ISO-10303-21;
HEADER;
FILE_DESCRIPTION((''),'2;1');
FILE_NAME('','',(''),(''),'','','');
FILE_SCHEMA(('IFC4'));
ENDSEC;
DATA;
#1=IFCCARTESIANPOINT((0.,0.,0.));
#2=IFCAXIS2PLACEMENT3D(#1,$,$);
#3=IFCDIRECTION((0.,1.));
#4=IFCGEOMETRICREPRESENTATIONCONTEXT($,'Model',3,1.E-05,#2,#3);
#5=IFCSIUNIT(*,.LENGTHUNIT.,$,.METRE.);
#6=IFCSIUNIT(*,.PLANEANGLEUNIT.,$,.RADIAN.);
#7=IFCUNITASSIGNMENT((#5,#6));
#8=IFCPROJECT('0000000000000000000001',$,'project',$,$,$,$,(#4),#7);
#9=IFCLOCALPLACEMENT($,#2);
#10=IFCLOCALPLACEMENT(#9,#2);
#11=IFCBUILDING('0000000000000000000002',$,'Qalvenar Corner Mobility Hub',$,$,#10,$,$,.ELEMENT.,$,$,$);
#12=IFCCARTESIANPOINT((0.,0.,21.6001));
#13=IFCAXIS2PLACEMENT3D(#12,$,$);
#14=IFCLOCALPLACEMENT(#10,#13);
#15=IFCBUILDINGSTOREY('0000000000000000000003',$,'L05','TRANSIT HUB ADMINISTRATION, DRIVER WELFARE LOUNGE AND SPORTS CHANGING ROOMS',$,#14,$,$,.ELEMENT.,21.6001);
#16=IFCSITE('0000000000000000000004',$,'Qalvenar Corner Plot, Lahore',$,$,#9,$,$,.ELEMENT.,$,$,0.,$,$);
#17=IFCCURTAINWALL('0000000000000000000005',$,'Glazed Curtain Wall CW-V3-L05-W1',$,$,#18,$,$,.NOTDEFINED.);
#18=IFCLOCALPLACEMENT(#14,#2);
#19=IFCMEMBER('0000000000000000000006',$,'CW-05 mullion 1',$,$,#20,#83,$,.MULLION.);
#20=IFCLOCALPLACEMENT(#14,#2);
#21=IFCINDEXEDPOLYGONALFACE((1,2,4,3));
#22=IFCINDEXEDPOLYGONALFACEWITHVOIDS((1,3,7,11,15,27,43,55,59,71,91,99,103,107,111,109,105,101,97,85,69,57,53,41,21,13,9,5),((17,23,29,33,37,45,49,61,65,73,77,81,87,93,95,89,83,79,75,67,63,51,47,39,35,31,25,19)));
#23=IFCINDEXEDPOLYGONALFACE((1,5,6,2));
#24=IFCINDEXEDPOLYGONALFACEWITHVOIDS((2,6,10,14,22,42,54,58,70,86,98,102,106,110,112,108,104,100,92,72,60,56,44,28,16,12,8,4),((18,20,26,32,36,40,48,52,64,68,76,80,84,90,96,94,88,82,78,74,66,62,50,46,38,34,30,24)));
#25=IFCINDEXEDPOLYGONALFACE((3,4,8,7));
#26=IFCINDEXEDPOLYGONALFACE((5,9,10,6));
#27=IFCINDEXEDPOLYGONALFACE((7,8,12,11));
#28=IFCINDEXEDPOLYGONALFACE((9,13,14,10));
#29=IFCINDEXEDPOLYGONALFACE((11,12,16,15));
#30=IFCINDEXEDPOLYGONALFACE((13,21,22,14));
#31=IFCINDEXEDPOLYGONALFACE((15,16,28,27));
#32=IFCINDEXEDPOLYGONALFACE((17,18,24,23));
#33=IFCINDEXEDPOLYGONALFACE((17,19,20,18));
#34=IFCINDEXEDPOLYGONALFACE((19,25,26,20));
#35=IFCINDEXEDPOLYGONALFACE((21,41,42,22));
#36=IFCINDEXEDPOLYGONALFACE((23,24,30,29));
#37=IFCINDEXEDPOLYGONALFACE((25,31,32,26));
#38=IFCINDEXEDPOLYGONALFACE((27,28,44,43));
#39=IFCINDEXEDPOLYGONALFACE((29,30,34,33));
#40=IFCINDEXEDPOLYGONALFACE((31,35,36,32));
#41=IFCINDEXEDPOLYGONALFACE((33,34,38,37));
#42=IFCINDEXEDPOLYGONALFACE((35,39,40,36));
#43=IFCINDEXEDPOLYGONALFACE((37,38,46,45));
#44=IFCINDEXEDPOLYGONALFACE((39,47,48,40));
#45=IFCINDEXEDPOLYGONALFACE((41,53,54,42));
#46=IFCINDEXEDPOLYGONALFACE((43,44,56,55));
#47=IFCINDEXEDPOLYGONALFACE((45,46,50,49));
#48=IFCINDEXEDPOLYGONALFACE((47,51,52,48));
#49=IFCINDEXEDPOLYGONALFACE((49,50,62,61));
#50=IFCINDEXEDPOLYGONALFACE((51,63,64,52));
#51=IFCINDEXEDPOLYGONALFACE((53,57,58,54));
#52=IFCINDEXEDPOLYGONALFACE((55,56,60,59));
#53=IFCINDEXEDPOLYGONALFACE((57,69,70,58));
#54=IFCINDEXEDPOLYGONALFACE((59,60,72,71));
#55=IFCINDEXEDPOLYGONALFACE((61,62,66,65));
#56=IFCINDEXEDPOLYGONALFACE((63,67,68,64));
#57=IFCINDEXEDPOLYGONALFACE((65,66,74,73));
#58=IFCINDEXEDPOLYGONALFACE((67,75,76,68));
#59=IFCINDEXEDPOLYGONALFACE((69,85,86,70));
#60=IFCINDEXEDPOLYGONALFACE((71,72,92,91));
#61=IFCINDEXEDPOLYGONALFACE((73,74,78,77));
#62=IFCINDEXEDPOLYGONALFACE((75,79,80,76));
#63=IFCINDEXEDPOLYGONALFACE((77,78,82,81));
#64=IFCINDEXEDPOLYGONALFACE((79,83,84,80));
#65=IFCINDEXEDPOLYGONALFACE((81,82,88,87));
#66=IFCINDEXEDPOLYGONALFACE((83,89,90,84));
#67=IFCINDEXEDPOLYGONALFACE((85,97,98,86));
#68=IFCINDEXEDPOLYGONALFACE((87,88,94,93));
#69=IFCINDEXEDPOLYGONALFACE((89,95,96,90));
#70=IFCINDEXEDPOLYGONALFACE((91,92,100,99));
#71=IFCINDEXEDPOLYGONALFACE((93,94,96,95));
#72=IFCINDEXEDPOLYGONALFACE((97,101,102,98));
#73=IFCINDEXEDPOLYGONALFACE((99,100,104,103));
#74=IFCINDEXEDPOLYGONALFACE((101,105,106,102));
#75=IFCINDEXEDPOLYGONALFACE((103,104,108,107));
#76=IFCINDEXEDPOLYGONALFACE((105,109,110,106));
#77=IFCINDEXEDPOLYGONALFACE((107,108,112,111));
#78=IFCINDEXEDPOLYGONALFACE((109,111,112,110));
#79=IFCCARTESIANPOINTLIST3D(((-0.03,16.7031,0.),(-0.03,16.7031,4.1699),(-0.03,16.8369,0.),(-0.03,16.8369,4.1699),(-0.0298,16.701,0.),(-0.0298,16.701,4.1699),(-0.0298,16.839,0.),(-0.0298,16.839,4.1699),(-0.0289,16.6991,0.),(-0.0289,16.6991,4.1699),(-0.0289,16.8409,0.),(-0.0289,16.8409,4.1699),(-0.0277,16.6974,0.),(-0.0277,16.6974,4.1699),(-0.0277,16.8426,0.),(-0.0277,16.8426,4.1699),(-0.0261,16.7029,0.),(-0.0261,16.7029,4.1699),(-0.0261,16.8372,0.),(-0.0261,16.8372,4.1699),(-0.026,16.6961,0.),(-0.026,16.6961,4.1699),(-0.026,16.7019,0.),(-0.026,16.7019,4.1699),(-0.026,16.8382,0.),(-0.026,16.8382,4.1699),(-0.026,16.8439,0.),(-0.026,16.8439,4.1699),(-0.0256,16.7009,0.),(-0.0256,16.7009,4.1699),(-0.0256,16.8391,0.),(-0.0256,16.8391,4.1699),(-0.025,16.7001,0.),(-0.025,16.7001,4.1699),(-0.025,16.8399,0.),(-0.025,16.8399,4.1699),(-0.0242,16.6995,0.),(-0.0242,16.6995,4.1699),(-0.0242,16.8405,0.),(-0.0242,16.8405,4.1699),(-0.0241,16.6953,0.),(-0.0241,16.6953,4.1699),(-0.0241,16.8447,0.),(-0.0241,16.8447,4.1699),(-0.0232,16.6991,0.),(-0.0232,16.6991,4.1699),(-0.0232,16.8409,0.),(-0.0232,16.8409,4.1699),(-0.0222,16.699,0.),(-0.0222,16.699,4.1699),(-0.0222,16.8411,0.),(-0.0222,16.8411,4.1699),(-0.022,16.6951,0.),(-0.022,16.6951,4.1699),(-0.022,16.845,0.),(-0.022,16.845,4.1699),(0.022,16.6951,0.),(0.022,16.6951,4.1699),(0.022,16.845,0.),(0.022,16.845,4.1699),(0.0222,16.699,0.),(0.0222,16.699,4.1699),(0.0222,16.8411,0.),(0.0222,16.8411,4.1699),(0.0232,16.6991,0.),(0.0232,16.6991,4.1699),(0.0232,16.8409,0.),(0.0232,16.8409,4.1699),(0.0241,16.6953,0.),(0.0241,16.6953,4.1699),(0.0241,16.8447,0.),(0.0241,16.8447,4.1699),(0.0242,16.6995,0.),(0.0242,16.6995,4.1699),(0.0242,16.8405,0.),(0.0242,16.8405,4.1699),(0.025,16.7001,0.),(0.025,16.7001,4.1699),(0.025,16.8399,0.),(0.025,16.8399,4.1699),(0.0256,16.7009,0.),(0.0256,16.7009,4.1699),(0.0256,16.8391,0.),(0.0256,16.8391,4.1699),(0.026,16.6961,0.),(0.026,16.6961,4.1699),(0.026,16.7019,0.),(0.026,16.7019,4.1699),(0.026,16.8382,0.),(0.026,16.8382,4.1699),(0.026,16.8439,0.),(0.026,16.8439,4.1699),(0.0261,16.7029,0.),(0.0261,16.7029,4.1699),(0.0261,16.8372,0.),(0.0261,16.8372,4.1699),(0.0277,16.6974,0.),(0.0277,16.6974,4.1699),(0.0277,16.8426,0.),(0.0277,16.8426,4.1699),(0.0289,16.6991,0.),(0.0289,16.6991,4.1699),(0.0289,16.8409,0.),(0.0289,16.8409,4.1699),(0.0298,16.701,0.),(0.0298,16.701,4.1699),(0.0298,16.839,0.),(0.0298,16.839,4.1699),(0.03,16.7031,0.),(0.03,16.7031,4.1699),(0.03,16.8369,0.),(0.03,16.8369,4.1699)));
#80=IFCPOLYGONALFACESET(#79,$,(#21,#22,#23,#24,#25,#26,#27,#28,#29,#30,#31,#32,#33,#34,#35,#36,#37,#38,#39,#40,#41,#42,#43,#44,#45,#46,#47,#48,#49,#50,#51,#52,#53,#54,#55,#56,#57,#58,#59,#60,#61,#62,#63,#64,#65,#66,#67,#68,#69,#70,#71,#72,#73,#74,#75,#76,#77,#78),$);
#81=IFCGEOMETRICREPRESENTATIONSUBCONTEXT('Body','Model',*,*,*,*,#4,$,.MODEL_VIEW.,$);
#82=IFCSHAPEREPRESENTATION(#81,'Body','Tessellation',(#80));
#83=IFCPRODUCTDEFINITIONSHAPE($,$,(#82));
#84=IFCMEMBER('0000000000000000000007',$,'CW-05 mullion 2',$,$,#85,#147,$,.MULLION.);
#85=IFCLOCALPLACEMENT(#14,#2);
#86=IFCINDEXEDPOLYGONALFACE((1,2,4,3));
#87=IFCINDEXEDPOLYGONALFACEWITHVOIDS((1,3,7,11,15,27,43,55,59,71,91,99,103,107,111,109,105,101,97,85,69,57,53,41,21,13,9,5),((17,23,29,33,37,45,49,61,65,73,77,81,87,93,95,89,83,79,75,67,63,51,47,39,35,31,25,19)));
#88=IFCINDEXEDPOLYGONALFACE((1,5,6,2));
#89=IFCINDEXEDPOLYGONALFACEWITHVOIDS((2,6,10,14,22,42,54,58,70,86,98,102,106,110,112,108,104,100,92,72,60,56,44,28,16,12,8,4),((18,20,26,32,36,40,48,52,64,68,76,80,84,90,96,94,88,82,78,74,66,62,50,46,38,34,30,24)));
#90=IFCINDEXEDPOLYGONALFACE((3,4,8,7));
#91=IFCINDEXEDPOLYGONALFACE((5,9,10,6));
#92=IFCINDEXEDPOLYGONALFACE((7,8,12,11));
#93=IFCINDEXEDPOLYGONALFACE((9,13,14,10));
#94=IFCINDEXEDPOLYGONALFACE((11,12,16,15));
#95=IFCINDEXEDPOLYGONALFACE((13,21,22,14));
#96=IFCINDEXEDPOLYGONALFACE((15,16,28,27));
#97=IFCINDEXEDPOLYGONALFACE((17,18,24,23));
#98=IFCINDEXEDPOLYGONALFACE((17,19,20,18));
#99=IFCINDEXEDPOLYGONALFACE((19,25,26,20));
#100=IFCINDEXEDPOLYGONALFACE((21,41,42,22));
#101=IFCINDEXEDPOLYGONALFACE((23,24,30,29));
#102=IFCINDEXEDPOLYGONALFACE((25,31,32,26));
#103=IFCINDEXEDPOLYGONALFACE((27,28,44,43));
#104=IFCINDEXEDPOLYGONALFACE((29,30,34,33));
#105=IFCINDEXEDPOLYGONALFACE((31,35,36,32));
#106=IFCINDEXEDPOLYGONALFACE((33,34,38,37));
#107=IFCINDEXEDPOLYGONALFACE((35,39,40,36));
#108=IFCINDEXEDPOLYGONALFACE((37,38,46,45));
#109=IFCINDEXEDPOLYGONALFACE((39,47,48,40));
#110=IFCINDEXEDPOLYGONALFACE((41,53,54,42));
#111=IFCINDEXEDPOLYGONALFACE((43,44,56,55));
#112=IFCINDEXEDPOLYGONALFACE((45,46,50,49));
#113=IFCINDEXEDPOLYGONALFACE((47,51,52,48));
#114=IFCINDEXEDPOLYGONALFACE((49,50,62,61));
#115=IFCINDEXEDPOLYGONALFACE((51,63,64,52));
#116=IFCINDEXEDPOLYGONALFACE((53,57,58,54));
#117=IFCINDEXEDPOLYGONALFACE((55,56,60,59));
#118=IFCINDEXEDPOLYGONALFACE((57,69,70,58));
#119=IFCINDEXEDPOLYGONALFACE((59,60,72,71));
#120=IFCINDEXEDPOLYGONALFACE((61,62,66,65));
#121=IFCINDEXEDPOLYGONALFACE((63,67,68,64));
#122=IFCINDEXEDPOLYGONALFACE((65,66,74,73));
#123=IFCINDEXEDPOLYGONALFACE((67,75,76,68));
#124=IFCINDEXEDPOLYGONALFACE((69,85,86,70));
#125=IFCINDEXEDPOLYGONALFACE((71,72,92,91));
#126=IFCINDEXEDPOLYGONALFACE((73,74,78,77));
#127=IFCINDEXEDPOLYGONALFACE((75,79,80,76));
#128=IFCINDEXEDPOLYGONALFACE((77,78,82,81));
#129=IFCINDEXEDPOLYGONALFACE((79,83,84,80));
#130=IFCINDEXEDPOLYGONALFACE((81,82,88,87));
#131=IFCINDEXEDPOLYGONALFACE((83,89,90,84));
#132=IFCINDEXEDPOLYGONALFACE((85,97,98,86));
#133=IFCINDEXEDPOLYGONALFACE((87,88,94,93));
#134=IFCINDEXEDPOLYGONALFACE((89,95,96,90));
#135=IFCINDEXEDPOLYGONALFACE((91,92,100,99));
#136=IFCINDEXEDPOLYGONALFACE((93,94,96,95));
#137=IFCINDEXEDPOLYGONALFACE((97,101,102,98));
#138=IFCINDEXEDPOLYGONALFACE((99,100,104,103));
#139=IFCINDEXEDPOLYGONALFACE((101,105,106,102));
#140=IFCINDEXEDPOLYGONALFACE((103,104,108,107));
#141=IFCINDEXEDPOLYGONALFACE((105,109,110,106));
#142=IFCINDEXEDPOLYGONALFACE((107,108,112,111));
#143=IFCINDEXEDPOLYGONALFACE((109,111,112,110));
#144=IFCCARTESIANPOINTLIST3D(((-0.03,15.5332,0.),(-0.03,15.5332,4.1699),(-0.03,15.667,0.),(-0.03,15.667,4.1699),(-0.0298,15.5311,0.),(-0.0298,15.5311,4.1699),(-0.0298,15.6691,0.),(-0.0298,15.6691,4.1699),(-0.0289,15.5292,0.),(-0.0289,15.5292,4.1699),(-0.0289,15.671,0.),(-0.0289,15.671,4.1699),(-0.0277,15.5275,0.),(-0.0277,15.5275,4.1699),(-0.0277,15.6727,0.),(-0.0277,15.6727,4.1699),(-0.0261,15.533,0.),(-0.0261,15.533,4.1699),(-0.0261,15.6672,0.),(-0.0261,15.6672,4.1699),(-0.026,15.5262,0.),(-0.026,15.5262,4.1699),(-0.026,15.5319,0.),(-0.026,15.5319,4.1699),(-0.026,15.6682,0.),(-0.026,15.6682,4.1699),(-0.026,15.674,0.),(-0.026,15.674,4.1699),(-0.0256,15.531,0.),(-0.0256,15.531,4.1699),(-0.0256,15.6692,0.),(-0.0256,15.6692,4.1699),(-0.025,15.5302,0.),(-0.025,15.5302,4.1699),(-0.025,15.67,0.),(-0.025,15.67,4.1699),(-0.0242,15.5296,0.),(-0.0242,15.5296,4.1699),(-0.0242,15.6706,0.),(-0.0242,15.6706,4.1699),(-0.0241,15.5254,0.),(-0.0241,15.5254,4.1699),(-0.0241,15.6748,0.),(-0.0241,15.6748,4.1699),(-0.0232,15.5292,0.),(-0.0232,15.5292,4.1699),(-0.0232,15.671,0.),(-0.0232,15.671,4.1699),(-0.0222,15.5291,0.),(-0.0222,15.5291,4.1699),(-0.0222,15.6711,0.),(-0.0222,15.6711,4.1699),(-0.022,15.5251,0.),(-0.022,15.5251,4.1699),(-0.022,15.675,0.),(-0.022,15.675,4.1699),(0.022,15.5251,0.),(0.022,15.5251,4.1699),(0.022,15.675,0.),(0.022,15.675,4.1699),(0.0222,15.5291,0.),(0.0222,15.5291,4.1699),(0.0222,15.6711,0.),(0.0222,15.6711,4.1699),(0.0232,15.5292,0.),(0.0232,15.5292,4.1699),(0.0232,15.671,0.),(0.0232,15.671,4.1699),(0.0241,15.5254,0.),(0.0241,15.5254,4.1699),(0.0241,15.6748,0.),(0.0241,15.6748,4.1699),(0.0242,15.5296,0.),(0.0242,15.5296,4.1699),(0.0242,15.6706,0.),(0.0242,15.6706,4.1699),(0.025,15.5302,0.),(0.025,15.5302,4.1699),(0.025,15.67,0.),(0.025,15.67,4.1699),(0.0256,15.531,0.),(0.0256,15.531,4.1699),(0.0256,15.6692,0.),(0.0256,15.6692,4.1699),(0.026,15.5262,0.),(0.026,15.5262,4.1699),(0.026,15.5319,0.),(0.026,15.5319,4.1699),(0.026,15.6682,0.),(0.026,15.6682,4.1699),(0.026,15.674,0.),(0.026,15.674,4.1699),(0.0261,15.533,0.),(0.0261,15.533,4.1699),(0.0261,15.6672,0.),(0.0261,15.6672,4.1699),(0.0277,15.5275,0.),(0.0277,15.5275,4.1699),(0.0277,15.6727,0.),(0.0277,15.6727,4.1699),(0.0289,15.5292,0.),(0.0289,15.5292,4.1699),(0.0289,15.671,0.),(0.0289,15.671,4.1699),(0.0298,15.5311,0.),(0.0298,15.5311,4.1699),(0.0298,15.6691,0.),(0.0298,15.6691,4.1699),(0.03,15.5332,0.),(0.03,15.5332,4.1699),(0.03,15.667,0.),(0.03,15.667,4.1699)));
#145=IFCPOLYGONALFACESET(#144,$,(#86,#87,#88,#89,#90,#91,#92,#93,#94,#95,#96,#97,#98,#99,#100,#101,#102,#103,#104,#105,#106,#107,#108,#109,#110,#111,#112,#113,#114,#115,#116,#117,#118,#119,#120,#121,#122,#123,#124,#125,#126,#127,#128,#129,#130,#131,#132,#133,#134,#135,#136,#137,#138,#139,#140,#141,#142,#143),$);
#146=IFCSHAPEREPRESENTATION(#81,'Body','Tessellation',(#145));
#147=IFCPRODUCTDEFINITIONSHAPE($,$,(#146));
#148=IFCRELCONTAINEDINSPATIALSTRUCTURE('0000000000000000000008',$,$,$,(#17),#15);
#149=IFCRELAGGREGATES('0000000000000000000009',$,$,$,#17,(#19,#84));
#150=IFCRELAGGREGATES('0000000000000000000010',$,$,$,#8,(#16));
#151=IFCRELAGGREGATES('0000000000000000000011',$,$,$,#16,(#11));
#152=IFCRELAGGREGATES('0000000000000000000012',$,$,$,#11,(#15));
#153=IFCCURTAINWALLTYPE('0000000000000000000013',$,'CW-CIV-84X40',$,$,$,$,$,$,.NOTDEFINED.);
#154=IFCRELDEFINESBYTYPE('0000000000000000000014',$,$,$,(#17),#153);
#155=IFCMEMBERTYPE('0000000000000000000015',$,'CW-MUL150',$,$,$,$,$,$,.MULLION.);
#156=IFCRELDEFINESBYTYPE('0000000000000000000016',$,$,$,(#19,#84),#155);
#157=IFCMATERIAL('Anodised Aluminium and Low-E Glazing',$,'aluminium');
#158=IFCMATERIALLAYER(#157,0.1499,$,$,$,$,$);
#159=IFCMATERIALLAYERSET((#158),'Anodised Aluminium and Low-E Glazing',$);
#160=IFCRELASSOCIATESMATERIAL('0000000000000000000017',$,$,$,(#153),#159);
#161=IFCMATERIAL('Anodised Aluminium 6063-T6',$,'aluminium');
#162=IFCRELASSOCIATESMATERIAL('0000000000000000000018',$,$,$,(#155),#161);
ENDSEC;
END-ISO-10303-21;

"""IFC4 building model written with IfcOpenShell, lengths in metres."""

from ifc_helpers import new_model, si_unit, direction, frame, origin, origin_2d, place, context, subcontext, project, spatial, hollow_rectangle, extrude, material, layer, layer_set, material_profile, profile_set, type_object, element, aggregate, save


model = new_model("IFC4")

# Units and contexts
model_context = context("Model", 3, precision=1e-05, world=origin(), true_north=direction((0.0, 1.0)))
body_context = subcontext(model_context, "Body", "Model", "MODEL_VIEW")
ifc_project = project(units=[si_unit("LENGTHUNIT", "METRE"), si_unit("PLANEANGLEUNIT", "RADIAN")], contexts=[model_context])

# Site, building, storey
site_placement = place(None, origin())
site = spatial("IfcSite", under=ifc_project, at=site_placement, Name="Qalvenar Corner Plot, Lahore", CompositionType="ELEMENT", RefElevation=0.0)
building_placement = place(site_placement, origin())
building = spatial("IfcBuilding", under=site, at=building_placement, Name="Qalvenar Corner Mobility Hub", CompositionType="ELEMENT")
storey_placement = place(building_placement, frame((0.0, 0.0, 21.6001)))
storey = spatial("IfcBuildingStorey", under=building, at=storey_placement, Name="L05", Description="TRANSIT HUB ADMINISTRATION, DRIVER WELFARE LOUNGE AND SPORTS CHANGING ROOMS", CompositionType="ELEMENT", Elevation=21.6001)

# Curtain wall, members
ifc_material_1 = material(Name="Anodised Aluminium and Low-E Glazing", Category="aluminium")
ifc_layer_1 = layer(ifc_material_1, 0.1499)
ifc_layer_set_1 = layer_set([ifc_layer_1], Name="Anodised Aluminium and Low-E Glazing")
curtain_wall_type = type_object("IfcCurtainWallType", Name="CW-CIV-84X40", PredefinedType="NOTDEFINED", material=ifc_layer_set_1)
curtain_wall_1_placement = place(storey_placement, origin())
curtain_wall_1 = element("IfcCurtainWall", 1, at=curtain_wall_1_placement, inside=storey, type_object=curtain_wall_type, Name="Glazed Curtain Wall CW-V3-L05-W1", PredefinedType="NOTDEFINED")
ifc_material_2 = material(Name="Anodised Aluminium 6063-T6", Category="aluminium")
ifc_material_profile_1 = material_profile(ifc_material_2, hollow_rectangle(XDim=0.0601, YDim=0.1499, WallThickness=0.0039, InnerFilletRadius=0.0039, OuterFilletRadius=0.0081, at=origin_2d()), Name="RHS150x60x4")
ifc_profile_set_1 = profile_set([ifc_material_profile_1], Name="Anodised Aluminium 6063-T6")
member_type_1 = type_object("IfcMemberType", Name="CW-MUL150", PredefinedType="MULLION", material=ifc_profile_set_1)
member_1_placement = place(storey_placement, frame((0.0, 16.77, 0.0), z_axis=(0.0, 0.0, 1.0), x_axis=(1.0, 0.0, 0.0)))
member_1 = element("IfcMember", 2, at=member_1_placement, type_object=member_type_1, Name="CW-05 mullion 1", PredefinedType="MULLION", context=body_context, shape_type="SweptSolid", body=[
    extrude(hollow_rectangle(XDim=0.0601, YDim=0.1499, WallThickness=0.0039, InnerFilletRadius=0.0039, OuterFilletRadius=0.0081, at=origin_2d()), origin(), (0.0, 0.0, 1.0), 4.1699),
])
member_2_placement = place(storey_placement, frame((0.0, 15.6001, 0.0), z_axis=(0.0, 0.0, 1.0), x_axis=(1.0, 0.0, 0.0)))
member_2 = element("IfcMember", 3, at=member_2_placement, type_object=member_type_1, Name="CW-05 mullion 2", PredefinedType="MULLION", context=body_context, shape_type="SweptSolid", body=[
    extrude(hollow_rectangle(XDim=0.0601, YDim=0.1499, WallThickness=0.0039, InnerFilletRadius=0.0039, OuterFilletRadius=0.0081, at=origin_2d()), origin(), (0.0, 0.0, 1.0), 4.1699),
])

aggregate(curtain_wall_1, [member_1, member_2])

save(model, "model.ifc")
